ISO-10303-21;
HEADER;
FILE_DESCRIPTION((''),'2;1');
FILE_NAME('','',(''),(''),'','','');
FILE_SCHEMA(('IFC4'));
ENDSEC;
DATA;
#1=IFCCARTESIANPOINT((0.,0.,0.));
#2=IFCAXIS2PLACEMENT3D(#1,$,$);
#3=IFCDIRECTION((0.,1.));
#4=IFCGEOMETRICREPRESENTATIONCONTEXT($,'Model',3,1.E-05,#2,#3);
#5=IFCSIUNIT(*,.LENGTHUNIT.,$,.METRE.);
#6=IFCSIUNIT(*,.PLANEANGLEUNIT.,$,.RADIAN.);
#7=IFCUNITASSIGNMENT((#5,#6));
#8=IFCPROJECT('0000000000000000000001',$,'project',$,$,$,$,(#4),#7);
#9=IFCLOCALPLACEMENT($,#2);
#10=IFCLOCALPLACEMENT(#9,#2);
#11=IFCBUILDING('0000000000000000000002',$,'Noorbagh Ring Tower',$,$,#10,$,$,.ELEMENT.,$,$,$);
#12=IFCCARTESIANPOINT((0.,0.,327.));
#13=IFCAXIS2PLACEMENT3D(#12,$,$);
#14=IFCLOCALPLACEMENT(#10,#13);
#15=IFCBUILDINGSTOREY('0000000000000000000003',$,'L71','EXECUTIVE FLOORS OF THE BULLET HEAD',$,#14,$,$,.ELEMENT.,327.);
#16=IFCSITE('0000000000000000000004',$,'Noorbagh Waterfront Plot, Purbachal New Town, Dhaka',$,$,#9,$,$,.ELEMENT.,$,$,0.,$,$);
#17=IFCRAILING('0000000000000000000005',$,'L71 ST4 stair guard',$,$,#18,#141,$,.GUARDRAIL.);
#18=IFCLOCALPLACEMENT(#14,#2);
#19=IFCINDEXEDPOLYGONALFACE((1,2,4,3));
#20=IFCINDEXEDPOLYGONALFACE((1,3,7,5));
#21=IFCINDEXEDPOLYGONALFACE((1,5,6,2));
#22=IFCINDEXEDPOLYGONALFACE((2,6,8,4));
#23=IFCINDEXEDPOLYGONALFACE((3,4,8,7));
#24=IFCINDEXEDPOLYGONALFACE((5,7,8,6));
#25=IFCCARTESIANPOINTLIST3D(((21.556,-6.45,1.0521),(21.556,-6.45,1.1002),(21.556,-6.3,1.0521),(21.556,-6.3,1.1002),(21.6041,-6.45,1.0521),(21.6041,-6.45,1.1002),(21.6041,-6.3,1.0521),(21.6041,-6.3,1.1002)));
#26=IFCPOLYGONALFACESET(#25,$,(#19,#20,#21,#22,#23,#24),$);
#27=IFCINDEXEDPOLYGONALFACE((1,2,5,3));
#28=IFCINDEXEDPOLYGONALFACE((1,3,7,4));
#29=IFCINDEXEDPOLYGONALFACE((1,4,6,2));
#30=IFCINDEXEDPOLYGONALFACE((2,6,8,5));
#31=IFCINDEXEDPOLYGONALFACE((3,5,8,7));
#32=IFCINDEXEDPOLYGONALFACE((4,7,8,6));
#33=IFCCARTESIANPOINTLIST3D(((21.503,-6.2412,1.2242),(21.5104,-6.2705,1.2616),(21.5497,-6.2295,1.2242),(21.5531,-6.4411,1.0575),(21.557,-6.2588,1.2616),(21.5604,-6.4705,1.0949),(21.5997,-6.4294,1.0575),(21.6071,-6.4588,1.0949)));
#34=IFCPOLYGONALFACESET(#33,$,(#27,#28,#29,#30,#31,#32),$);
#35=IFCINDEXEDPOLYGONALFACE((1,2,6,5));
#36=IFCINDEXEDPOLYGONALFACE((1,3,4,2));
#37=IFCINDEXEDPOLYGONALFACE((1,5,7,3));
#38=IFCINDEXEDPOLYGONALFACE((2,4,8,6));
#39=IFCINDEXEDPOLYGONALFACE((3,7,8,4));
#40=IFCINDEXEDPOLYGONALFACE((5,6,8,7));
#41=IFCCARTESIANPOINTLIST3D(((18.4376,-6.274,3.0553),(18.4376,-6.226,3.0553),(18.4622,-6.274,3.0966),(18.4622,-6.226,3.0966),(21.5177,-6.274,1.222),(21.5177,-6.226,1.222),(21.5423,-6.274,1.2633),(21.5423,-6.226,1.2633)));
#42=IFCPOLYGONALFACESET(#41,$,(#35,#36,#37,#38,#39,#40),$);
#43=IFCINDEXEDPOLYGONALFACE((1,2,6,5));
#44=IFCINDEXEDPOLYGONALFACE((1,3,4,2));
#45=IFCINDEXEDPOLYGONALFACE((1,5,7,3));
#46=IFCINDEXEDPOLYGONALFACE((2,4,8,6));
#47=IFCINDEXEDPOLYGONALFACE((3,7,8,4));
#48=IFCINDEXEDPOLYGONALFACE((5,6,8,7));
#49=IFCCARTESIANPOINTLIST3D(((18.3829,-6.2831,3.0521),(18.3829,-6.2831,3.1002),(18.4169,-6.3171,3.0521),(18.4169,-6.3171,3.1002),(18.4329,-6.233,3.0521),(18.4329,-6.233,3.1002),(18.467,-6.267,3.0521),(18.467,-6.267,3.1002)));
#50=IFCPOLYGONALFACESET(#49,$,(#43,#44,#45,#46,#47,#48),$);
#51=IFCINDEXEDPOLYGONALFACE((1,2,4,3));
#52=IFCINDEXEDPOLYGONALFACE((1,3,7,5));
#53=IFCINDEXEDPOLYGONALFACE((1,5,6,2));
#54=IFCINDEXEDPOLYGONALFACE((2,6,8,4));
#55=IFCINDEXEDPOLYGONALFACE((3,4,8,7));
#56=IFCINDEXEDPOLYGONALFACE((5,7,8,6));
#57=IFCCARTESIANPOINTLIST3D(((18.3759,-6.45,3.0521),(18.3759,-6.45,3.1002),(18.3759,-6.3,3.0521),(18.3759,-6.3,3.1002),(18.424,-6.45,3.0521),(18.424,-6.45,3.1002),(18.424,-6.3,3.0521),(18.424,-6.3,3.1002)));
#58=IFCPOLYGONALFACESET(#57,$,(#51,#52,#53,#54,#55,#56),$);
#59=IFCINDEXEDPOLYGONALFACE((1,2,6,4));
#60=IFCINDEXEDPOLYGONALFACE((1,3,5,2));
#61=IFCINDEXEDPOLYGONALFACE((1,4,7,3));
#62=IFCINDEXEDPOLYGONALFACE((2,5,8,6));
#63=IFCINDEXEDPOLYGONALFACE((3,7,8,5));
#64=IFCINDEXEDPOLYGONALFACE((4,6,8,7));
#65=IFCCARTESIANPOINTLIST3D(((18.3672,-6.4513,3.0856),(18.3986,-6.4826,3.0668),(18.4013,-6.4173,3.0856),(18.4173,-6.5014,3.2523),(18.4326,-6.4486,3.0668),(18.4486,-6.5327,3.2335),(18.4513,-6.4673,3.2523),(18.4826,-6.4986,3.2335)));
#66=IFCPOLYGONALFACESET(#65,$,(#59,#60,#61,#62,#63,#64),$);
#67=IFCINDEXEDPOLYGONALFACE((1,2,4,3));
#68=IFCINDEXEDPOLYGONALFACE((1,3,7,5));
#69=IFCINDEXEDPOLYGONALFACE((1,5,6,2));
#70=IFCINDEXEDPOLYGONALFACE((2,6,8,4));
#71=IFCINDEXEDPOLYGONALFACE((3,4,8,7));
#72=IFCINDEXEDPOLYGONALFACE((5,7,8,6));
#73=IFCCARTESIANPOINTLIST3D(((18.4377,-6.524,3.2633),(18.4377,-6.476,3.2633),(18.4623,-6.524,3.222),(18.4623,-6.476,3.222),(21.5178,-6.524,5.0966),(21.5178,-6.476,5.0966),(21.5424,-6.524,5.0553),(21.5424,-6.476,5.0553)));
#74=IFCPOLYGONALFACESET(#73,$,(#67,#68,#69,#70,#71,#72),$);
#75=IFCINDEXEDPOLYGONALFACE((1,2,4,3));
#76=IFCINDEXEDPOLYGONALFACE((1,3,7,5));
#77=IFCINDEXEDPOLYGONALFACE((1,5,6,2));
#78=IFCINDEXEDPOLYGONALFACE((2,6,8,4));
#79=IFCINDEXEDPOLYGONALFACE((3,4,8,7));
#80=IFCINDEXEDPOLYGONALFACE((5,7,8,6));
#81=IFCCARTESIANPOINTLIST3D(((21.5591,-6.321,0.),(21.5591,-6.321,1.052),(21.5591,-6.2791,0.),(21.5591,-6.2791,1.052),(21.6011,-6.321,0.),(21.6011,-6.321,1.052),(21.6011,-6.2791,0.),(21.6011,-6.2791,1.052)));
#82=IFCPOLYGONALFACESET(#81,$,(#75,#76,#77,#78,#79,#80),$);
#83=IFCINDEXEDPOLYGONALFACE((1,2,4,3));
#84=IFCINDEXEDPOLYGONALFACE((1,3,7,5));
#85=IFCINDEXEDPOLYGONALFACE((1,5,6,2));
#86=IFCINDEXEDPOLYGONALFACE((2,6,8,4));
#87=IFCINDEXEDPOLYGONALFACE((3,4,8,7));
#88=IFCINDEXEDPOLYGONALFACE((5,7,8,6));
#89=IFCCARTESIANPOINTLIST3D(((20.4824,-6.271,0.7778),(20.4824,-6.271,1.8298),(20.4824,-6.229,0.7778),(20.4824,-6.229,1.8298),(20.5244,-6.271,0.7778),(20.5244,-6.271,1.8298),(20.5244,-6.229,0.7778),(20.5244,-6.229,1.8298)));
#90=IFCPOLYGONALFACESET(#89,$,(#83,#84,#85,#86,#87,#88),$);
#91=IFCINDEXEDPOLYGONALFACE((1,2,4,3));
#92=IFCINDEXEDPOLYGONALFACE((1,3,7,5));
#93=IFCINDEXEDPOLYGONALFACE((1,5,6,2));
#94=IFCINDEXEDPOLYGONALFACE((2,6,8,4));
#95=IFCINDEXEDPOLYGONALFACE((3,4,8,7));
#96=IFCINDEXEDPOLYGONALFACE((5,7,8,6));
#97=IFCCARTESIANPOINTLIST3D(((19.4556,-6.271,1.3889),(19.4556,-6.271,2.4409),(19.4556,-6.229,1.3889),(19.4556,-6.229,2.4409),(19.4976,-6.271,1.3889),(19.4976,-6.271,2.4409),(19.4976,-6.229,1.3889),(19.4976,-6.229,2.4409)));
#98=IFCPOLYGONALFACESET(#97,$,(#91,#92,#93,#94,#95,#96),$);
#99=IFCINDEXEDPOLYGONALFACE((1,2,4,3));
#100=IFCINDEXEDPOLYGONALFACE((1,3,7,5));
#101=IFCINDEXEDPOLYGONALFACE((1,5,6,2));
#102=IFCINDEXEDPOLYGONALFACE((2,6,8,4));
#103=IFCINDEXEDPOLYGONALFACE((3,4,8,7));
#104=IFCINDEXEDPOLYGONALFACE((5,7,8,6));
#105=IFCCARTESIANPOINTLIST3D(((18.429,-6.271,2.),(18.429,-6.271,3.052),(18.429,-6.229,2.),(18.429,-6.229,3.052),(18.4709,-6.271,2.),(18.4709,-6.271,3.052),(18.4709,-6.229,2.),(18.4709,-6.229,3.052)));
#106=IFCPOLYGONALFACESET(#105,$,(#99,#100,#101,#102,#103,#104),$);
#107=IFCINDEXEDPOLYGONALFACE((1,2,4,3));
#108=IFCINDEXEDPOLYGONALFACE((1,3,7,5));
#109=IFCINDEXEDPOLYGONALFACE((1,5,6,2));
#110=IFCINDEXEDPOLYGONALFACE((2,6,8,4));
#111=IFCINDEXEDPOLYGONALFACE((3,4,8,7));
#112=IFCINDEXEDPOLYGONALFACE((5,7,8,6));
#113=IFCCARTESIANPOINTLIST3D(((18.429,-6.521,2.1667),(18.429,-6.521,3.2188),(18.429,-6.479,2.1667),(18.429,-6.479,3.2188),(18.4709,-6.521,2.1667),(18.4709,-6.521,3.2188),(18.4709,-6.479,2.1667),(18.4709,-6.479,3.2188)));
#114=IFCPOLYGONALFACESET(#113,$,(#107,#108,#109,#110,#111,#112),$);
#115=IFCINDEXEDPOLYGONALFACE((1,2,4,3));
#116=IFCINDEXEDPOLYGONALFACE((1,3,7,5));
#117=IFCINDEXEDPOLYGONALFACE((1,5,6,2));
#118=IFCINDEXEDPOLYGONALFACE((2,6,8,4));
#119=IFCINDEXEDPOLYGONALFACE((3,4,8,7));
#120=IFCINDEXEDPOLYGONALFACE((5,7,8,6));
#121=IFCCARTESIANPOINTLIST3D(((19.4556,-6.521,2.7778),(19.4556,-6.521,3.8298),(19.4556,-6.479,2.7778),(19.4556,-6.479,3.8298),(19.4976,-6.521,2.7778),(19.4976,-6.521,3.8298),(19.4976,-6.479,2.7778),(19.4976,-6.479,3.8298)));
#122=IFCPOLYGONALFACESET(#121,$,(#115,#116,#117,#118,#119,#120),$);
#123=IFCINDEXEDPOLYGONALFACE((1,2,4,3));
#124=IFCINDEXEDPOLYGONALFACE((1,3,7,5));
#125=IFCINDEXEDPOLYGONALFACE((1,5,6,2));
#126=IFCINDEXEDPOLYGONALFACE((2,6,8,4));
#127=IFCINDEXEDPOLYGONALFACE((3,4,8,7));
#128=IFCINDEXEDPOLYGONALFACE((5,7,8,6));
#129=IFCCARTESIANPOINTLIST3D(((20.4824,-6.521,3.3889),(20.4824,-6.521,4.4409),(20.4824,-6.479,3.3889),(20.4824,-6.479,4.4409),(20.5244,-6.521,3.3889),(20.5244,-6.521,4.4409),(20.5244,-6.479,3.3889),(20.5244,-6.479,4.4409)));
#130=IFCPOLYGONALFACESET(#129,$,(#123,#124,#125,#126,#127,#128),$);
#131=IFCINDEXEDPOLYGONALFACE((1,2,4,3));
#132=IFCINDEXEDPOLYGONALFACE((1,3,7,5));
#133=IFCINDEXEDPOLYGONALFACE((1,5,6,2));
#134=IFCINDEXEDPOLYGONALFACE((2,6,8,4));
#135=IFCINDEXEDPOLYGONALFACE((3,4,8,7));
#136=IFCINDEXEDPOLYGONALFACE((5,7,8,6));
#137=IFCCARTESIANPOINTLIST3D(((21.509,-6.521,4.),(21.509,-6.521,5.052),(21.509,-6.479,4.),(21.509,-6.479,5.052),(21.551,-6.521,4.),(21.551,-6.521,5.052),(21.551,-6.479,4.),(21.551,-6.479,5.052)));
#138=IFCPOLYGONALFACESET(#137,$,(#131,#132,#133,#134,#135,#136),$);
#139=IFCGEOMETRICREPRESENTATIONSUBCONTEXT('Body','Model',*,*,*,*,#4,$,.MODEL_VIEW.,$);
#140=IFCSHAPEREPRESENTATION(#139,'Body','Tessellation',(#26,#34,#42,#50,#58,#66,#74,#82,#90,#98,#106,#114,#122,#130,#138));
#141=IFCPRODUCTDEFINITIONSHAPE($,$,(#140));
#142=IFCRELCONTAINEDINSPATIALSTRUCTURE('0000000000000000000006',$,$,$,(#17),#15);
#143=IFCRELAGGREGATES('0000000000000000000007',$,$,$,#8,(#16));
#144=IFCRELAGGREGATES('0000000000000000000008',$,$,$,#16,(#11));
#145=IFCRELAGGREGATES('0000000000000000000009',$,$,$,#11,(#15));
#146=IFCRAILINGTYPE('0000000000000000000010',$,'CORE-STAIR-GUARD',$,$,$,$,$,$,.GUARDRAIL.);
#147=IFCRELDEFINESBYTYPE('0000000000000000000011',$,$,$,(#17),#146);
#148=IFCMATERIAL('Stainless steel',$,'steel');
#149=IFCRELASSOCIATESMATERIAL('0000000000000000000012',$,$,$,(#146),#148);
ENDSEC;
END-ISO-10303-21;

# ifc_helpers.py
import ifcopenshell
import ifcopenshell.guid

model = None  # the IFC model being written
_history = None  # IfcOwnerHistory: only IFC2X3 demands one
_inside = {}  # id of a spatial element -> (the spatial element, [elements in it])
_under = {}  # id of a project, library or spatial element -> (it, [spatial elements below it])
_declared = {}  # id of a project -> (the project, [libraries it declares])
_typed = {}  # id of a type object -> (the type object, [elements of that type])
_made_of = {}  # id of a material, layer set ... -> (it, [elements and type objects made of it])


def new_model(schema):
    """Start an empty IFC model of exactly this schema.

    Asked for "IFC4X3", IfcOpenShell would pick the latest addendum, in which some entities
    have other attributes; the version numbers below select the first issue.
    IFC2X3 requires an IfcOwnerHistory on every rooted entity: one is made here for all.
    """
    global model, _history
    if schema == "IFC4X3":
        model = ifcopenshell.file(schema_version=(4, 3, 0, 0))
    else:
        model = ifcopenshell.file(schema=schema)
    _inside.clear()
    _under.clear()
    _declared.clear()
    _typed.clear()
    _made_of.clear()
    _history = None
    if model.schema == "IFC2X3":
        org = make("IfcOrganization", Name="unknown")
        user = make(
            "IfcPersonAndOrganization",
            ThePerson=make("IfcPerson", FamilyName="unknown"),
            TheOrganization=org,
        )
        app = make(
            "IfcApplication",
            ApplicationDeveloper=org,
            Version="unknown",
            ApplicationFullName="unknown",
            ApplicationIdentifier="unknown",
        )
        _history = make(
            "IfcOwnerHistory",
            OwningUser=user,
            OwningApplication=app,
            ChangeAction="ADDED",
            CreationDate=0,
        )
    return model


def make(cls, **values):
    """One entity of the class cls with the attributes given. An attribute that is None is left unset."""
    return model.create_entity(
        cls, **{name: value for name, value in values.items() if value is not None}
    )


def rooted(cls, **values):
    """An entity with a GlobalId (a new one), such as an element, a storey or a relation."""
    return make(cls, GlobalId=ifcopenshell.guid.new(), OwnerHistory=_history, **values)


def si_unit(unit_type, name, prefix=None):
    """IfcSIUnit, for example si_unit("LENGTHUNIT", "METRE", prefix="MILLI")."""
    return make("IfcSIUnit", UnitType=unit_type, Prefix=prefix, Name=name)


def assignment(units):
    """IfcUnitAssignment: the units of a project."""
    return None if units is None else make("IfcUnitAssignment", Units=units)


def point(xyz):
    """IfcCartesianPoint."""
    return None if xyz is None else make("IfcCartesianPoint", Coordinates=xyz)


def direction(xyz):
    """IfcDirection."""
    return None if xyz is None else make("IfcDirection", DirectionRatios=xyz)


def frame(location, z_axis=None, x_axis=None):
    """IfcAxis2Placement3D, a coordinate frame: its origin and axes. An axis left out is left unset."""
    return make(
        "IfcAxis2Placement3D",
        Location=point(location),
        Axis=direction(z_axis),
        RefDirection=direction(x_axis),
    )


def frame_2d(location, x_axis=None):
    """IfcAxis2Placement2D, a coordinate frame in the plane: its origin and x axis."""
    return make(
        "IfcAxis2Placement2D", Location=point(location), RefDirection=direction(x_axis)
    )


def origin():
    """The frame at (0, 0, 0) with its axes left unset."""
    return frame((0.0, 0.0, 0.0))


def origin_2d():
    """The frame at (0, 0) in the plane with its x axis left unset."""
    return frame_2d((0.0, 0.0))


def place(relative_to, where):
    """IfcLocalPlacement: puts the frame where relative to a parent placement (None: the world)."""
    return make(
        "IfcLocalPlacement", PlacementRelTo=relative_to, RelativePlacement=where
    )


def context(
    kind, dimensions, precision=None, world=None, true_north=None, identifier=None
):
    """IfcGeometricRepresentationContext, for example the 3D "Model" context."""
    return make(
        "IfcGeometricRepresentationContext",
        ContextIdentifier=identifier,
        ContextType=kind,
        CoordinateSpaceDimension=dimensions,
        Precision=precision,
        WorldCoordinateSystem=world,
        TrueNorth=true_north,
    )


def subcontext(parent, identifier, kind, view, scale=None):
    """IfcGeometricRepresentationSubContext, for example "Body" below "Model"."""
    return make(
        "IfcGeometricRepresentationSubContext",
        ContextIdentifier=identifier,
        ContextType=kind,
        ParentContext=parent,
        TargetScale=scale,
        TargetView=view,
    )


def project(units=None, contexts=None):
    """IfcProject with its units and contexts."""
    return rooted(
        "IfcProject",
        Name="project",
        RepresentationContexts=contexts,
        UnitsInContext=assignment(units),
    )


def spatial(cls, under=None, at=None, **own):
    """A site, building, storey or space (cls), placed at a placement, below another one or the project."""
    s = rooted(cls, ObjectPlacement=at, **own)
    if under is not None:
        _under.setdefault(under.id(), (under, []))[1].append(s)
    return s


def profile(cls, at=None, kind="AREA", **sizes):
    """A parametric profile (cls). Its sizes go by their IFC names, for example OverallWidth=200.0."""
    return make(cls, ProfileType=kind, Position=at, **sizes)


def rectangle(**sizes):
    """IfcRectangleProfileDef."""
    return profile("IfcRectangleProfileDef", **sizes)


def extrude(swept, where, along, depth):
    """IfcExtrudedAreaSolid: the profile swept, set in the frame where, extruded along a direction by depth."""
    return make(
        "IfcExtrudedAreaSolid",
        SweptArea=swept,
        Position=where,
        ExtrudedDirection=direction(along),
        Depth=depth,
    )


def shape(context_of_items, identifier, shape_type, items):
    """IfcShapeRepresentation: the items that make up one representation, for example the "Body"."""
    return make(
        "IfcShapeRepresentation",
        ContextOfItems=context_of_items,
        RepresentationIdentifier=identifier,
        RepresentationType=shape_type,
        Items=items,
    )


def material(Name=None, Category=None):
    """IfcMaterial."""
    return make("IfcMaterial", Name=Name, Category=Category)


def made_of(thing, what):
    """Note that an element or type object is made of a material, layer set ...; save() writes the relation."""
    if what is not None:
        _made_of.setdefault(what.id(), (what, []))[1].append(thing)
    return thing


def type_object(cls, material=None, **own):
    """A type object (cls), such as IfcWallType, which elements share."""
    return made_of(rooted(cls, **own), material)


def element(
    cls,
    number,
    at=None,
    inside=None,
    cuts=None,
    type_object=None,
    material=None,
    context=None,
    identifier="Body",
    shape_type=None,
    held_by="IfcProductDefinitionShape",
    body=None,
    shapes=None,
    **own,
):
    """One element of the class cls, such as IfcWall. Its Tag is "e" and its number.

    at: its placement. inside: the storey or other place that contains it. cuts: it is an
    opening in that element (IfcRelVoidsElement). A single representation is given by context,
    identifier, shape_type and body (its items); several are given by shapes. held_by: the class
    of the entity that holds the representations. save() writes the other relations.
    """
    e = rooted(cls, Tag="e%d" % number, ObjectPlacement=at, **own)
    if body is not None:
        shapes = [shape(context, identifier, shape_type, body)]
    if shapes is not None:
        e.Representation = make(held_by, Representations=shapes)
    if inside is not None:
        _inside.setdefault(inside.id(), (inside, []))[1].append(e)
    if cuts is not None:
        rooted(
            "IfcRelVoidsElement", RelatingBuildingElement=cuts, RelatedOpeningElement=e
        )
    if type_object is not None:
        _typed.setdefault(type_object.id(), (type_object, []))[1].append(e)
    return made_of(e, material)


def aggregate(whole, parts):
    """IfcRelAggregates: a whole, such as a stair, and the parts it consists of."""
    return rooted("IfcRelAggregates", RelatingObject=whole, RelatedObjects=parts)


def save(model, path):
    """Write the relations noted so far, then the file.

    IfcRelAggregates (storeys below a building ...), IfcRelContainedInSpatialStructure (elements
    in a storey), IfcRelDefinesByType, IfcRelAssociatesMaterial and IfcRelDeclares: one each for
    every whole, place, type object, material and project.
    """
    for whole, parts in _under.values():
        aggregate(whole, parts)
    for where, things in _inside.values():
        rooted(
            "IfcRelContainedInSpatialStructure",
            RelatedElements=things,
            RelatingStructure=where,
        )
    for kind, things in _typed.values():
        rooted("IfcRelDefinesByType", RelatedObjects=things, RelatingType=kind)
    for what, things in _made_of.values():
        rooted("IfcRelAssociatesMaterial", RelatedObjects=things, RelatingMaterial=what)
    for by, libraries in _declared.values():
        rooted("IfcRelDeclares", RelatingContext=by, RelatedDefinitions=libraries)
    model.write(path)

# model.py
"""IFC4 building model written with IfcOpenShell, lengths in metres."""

from ifc_helpers import new_model, si_unit, direction, frame, origin, origin_2d, place, context, subcontext, project, spatial, rectangle, extrude, material, type_object, element, save


model = new_model("IFC4")

# Units and contexts
model_context = context("Model", 3, precision=1e-05, world=origin(), true_north=direction((0.0, 1.0)))
body_context = subcontext(model_context, "Body", "Model", "MODEL_VIEW")
ifc_project = project(units=[si_unit("LENGTHUNIT", "METRE"), si_unit("PLANEANGLEUNIT", "RADIAN")], contexts=[model_context])

# Site, building, storey
site_placement = place(None, origin())
site = spatial("IfcSite", under=ifc_project, at=site_placement, Name="Noorbagh Waterfront Plot, Purbachal New Town, Dhaka", CompositionType="ELEMENT", RefElevation=0.0)
building_placement = place(site_placement, origin())
building = spatial("IfcBuilding", under=site, at=building_placement, Name="Noorbagh Ring Tower", CompositionType="ELEMENT")
storey_placement = place(building_placement, frame((0.0, 0.0, 327.0)))
storey = spatial("IfcBuildingStorey", under=building, at=storey_placement, Name="L71", Description="EXECUTIVE FLOORS OF THE BULLET HEAD", CompositionType="ELEMENT", Elevation=327.0)

# Railing
ifc_material_1 = material(Name="Stainless steel", Category="steel")
railing_type_1 = type_object("IfcRailingType", Name="CORE-STAIR-GUARD", PredefinedType="GUARDRAIL", material=ifc_material_1)
railing_1_placement = place(storey_placement, frame((21.5801, -6.3, 0.0)))
element("IfcRailing", 1, at=railing_1_placement, inside=storey, type_object=railing_type_1, Name="L71 ST4 stair guard", PredefinedType="GUARDRAIL", context=body_context, shape_type="SweptSolid", body=[
    extrude(rectangle(XDim=0.0481, YDim=0.0481, at=origin_2d()), frame((0.0, 0.0, 1.0762), z_axis=(0.0, -1.0, 0.0), x_axis=(1.0, 0.0, 0.0)), (0.0, 0.0, 1.0), 0.1499),
    extrude(rectangle(XDim=0.0481, YDim=0.0481, at=origin_2d()), frame((0.0, -0.1499, 1.0762), z_axis=(-0.188776, 0.754182, 0.628946), x_axis=(-0.970073, -0.242814, 0.0)), (0.0, 0.0, 1.0), 0.2651),
    extrude(rectangle(XDim=0.0481, YDim=0.0481, at=origin_2d()), frame((-0.05, 0.05, 1.2427), z_axis=(-0.859309, 0.0, 0.511458), x_axis=(0.0, -1.0, 0.0)), (0.0, 0.0, 1.0), 3.5845),
    extrude(rectangle(XDim=0.0481, YDim=0.0481, at=origin_2d()), frame((-3.1301, 0.05, 3.0762), z_axis=(-0.707107, -0.707107, 0.0), x_axis=(0.707107, -0.707107, 0.0)), (0.0, 0.0, 1.0), 0.0708),
    extrude(rectangle(XDim=0.0481, YDim=0.0481, at=origin_2d()), frame((-3.1802, 0.0, 3.0762), z_axis=(0.0, -1.0, 0.0), x_axis=(1.0, 0.0, 0.0)), (0.0, 0.0, 1.0), 0.1499),
    extrude(rectangle(XDim=0.0481, YDim=0.0481, at=origin_2d()), frame((-3.1802, -0.1499, 3.0762), z_axis=(0.276287, -0.276287, 0.920506), x_axis=(0.707107, 0.707107, 0.0)), (0.0, 0.0, 1.0), 0.1812),
    extrude(rectangle(XDim=0.0481, YDim=0.0481, at=origin_2d()), frame((-3.1301, -0.2, 3.2427), z_axis=(0.859309, 0.0, 0.511458), x_axis=(0.0, 1.0, 0.0)), (0.0, 0.0, 1.0), 3.5845),
    extrude(rectangle(XDim=0.042, YDim=0.042, at=origin_2d()), origin(), (0.0, 0.0, 1.0), 1.052),
    extrude(rectangle(XDim=0.042, YDim=0.042, at=origin_2d()), frame((-1.0767, 0.05, 0.7778)), (0.0, 0.0, 1.0), 1.052),
    extrude(rectangle(XDim=0.042, YDim=0.042, at=origin_2d()), frame((-2.1035, 0.05, 1.3889)), (0.0, 0.0, 1.0), 1.052),
    extrude(rectangle(XDim=0.042, YDim=0.042, at=origin_2d()), frame((-3.1301, 0.05, 2.0)), (0.0, 0.0, 1.0), 1.052),
    extrude(rectangle(XDim=0.042, YDim=0.042, at=origin_2d()), frame((-3.1301, -0.2, 2.1667)), (0.0, 0.0, 1.0), 1.052),
    extrude(rectangle(XDim=0.042, YDim=0.042, at=origin_2d()), frame((-2.1035, -0.2, 2.7778)), (0.0, 0.0, 1.0), 1.052),
    extrude(rectangle(XDim=0.042, YDim=0.042, at=origin_2d()), frame((-1.0767, -0.2, 3.3889)), (0.0, 0.0, 1.0), 1.052),
    extrude(rectangle(XDim=0.042, YDim=0.042, at=origin_2d()), frame((-0.05, -0.2, 4.0)), (0.0, 0.0, 1.0), 1.052),
])

save(model, "model.ifc")
